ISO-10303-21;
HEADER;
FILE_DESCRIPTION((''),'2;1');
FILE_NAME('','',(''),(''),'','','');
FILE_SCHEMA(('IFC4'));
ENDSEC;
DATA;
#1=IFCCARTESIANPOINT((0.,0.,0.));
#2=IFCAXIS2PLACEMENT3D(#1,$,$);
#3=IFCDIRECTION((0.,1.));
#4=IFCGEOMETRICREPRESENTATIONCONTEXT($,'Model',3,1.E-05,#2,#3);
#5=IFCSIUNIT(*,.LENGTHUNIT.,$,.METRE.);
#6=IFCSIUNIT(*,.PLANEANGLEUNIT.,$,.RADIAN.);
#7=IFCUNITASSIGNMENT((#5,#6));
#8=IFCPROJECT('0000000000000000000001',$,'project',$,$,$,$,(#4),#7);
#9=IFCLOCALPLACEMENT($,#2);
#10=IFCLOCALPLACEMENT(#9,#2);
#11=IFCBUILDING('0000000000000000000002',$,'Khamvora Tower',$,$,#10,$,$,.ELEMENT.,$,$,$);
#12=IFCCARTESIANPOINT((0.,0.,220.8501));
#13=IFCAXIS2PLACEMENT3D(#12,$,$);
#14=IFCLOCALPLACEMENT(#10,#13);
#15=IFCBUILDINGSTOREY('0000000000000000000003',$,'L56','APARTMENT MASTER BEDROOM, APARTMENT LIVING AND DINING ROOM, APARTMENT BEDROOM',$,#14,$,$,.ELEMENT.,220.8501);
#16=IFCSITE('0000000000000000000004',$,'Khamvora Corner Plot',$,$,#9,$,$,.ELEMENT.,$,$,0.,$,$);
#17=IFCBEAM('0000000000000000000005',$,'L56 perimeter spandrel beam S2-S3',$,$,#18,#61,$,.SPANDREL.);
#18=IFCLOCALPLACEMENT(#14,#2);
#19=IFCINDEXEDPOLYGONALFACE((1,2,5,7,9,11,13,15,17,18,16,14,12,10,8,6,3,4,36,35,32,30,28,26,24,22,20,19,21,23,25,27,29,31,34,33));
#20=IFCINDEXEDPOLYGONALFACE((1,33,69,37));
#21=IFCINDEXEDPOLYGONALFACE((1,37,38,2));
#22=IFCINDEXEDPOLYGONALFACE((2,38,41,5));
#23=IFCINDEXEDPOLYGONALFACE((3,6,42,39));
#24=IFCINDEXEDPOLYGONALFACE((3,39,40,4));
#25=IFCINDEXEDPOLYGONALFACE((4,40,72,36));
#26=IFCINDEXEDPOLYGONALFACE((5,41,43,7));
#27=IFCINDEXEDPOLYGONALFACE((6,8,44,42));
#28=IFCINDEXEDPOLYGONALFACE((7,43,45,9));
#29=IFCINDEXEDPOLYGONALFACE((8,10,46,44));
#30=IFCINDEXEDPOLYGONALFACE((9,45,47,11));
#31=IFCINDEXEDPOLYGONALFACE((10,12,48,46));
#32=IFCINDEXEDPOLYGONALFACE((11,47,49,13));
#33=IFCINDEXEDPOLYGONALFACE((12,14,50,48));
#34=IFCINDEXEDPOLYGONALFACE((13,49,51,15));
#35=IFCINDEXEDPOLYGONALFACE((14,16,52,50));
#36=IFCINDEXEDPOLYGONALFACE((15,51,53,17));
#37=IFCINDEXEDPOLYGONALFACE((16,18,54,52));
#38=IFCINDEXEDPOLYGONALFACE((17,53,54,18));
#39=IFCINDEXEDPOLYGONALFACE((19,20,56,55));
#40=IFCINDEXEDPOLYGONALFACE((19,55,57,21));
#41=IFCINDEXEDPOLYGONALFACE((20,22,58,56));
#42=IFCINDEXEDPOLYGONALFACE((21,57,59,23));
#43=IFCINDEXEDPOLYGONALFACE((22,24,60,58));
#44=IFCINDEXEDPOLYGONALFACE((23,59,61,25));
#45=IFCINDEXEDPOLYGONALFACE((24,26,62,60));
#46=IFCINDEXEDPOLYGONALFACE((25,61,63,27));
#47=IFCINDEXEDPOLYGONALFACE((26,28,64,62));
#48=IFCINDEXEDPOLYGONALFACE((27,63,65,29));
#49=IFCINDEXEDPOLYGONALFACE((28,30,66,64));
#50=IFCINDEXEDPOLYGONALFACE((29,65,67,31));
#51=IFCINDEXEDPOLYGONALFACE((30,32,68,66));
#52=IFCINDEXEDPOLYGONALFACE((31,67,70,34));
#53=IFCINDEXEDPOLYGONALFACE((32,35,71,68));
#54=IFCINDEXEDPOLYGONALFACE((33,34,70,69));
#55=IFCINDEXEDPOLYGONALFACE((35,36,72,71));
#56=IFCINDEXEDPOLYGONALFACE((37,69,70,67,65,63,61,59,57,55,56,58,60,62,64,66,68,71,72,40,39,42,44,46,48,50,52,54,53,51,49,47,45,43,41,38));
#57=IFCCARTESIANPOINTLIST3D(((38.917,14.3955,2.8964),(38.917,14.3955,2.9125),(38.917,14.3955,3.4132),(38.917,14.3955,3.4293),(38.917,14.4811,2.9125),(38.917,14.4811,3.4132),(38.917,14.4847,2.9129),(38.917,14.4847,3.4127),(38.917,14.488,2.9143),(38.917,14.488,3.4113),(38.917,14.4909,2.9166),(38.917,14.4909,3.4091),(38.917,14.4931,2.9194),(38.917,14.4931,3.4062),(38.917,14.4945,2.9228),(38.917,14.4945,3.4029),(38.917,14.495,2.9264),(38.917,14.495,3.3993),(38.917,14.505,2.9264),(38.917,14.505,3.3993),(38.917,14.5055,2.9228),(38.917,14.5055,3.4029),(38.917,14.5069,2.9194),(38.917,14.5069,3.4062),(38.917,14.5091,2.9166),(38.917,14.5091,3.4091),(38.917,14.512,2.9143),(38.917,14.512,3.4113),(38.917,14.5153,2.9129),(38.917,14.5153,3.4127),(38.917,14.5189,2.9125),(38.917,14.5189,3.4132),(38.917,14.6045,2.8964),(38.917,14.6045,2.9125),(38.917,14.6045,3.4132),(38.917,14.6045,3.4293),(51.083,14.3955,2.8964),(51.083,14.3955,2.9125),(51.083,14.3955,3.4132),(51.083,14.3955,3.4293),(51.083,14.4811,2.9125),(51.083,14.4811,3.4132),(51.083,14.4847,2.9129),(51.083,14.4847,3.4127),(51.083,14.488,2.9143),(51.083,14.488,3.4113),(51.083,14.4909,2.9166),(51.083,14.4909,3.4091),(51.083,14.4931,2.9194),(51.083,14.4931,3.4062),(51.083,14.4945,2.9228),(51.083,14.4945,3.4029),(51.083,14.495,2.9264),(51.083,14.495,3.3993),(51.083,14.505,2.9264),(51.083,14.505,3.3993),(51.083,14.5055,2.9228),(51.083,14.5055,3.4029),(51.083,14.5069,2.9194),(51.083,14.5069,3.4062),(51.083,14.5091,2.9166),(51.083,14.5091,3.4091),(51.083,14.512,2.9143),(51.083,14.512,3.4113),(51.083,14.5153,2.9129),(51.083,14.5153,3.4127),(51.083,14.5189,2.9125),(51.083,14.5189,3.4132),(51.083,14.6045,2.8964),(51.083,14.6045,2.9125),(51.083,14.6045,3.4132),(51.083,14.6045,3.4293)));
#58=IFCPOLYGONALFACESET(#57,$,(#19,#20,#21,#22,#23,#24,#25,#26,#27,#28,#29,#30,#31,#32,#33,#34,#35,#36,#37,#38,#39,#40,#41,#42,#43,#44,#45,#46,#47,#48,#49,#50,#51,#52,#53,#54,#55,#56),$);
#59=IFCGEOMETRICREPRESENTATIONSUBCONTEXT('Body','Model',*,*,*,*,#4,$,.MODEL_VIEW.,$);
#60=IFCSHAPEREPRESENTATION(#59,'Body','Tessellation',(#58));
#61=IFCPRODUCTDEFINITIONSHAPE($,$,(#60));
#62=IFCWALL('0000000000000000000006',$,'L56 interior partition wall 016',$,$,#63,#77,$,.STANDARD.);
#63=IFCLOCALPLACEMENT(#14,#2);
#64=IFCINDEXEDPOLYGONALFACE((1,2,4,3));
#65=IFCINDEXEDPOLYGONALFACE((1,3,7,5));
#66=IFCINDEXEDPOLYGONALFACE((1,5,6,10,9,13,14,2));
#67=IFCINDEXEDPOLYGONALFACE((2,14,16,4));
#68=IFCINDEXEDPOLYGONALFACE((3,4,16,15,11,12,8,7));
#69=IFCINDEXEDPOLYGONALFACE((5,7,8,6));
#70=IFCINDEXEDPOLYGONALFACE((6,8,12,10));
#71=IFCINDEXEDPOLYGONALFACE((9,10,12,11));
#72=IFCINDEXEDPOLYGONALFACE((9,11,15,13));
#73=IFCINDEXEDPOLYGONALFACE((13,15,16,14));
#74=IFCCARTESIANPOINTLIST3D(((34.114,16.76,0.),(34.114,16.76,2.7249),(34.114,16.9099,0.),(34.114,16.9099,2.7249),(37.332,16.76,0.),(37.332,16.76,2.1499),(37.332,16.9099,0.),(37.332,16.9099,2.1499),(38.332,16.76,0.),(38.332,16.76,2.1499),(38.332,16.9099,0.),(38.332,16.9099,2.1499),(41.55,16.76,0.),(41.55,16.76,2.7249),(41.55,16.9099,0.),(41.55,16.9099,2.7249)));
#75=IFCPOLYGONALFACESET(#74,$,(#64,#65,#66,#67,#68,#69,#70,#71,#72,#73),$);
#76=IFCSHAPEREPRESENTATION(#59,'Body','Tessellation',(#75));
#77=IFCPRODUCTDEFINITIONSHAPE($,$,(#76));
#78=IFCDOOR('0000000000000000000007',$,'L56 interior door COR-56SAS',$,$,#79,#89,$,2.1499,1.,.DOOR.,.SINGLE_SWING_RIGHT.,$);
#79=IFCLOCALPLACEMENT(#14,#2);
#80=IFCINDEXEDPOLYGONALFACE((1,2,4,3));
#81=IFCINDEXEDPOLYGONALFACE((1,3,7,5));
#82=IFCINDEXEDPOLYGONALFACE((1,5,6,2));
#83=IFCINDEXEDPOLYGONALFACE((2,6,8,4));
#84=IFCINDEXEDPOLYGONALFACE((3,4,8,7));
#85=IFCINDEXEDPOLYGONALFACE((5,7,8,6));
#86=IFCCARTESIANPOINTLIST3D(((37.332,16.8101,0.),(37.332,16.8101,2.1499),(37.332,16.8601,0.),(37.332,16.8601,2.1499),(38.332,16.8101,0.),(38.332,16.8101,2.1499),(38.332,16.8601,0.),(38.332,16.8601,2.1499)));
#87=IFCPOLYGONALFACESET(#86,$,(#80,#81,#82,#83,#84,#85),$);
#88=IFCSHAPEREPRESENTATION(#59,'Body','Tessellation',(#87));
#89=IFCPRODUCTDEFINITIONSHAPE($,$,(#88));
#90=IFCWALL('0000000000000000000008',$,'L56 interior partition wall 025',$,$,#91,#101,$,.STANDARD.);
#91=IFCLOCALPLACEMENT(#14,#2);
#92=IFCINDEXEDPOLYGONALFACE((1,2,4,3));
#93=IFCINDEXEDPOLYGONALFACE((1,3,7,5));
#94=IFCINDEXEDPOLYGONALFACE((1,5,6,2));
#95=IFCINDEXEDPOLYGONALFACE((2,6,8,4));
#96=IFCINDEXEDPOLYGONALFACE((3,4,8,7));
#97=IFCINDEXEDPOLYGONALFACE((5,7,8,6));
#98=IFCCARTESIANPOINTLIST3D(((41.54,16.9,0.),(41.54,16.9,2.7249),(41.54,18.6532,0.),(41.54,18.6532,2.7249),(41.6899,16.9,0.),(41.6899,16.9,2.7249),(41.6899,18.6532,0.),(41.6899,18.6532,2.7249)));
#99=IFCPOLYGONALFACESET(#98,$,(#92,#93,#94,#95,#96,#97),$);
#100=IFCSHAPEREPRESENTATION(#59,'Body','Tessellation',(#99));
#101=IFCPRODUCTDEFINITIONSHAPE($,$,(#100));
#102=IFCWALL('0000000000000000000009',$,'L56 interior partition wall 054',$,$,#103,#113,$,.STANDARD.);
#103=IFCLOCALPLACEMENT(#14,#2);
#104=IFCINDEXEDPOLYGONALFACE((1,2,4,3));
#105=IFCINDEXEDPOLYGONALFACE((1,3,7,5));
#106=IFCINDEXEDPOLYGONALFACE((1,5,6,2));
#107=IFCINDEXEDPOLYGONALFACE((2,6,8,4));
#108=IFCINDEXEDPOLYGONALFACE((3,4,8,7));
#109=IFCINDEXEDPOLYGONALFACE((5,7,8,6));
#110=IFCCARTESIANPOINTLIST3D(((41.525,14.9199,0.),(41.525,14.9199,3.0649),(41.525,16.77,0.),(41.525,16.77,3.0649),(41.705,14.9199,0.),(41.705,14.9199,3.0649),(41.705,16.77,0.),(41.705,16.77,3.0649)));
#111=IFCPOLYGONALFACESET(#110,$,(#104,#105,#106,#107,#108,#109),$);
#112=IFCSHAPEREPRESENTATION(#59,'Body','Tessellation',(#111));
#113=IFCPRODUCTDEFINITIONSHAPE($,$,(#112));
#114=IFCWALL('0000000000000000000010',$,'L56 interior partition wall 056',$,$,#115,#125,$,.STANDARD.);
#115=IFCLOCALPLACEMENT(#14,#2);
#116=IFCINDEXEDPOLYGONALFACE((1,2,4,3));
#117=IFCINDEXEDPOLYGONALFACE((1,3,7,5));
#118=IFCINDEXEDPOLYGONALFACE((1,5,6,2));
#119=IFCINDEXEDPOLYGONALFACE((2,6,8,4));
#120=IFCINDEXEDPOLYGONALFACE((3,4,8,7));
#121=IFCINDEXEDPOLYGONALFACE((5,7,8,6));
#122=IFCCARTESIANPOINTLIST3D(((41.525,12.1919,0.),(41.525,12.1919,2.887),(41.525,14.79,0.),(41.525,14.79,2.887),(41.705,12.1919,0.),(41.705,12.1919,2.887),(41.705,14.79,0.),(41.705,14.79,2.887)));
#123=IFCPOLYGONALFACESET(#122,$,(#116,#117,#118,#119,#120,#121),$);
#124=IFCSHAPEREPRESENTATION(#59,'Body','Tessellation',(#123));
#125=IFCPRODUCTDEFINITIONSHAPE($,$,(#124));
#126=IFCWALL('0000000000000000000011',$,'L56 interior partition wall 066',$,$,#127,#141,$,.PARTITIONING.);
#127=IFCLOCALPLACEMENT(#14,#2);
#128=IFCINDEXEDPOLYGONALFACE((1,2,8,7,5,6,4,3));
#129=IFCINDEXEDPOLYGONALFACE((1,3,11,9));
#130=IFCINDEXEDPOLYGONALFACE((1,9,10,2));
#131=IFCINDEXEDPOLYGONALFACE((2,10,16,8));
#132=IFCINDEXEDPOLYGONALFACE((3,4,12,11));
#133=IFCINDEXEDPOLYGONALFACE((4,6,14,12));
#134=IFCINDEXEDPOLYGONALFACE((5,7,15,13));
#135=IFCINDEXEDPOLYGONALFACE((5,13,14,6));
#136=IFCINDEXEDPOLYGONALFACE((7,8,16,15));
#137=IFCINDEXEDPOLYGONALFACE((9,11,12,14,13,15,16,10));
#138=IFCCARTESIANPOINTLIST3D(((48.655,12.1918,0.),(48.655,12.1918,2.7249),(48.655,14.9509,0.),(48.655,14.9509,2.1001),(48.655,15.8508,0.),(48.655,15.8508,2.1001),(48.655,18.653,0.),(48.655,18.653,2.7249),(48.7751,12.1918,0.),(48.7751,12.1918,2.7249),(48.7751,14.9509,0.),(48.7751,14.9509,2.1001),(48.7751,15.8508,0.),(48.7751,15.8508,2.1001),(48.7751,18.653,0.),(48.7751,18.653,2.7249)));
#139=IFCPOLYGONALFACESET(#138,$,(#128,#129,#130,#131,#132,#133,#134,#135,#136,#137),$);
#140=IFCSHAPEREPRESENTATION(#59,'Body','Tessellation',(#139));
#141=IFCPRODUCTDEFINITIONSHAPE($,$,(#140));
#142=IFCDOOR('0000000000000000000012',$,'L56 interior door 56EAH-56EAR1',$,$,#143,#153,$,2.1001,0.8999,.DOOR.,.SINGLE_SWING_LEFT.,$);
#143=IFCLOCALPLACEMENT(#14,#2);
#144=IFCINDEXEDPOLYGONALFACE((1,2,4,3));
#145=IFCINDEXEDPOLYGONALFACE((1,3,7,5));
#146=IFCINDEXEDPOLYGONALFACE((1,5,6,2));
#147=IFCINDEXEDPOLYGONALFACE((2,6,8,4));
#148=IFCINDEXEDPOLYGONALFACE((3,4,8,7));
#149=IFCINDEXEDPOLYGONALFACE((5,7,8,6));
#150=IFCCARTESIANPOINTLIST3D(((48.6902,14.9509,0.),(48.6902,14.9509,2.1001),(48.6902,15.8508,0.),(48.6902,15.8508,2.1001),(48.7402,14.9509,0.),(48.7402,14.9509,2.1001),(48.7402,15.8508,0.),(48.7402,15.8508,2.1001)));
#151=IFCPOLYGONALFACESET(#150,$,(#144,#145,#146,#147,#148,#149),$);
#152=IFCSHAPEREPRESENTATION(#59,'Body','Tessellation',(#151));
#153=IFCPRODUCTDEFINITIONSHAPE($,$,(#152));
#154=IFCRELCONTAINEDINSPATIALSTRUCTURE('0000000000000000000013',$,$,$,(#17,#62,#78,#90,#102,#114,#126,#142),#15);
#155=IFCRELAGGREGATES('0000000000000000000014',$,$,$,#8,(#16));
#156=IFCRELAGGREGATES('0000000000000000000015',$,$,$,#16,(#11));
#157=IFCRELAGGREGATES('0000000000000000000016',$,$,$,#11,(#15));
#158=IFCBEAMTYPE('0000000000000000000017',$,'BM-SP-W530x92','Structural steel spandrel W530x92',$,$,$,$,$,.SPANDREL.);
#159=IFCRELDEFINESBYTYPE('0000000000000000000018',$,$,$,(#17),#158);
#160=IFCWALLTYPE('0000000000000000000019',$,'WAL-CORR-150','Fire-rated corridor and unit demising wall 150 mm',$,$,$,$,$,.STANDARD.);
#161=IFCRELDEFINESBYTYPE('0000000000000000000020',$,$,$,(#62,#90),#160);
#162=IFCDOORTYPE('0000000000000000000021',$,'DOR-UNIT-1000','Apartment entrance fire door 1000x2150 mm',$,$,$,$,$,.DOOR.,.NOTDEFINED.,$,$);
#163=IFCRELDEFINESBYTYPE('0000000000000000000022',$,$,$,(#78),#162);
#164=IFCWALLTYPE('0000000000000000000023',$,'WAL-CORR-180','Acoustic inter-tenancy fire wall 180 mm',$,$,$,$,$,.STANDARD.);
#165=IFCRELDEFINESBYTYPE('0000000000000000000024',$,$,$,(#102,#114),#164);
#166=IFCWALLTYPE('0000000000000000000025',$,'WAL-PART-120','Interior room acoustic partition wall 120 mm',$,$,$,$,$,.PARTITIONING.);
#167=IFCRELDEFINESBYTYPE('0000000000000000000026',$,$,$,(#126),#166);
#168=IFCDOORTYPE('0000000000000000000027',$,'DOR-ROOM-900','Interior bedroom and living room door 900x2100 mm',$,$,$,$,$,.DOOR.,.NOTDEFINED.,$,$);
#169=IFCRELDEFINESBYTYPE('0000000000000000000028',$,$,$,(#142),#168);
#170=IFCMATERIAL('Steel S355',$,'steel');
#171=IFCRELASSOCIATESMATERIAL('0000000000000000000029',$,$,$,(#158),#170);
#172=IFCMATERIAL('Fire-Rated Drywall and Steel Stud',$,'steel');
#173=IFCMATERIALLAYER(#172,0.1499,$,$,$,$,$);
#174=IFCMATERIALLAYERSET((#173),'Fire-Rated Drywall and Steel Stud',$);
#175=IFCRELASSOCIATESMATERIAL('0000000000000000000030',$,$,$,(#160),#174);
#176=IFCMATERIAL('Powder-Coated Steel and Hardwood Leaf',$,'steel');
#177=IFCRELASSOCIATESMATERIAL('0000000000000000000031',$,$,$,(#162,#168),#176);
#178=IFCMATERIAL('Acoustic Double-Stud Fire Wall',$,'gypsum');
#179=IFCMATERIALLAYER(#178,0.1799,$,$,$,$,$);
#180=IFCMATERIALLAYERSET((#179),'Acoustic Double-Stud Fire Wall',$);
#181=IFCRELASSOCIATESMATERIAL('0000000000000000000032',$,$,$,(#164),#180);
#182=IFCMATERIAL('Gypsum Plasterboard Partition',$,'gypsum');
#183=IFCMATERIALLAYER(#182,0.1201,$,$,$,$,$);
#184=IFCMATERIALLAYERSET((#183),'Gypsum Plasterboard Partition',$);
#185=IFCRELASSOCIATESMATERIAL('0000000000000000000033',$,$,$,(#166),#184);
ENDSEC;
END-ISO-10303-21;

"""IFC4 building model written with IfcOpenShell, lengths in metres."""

from ifc_helpers import new_model, si_unit, direction, frame, frame_2d, origin, origin_2d, place, context, subcontext, project, spatial, rectangle, i_section, extrude, material, layer, layer_set, material_profile, profile_set, type_object, element, fill, save


model = new_model("IFC4")

# Units and contexts
model_context = context("Model", 3, precision=1e-05, world=origin(), true_north=direction((0.0, 1.0)))
body_context = subcontext(model_context, "Body", "Model", "MODEL_VIEW")
ifc_project = project(units=[si_unit("LENGTHUNIT", "METRE"), si_unit("PLANEANGLEUNIT", "RADIAN")], contexts=[model_context])

# Site, building, storey
site_placement = place(None, origin())
site = spatial("IfcSite", under=ifc_project, at=site_placement, Name="Khamvora Corner Plot", CompositionType="ELEMENT", RefElevation=0.0)
building_placement = place(site_placement, origin())
building = spatial("IfcBuilding", under=site, at=building_placement, Name="Khamvora Tower", CompositionType="ELEMENT")
storey_placement = place(building_placement, frame((0.0, 0.0, 220.8501)))
storey = spatial("IfcBuildingStorey", under=building, at=storey_placement, Name="L56", Description="APARTMENT MASTER BEDROOM, APARTMENT LIVING AND DINING ROOM, APARTMENT BEDROOM", CompositionType="ELEMENT", Elevation=220.8501)

# Shared definitions
ifc_material_1 = material(Name="Steel S355", Category="steel")

# Beam
ifc_material_profile_1 = material_profile(ifc_material_1, i_section(OverallWidth=0.209, OverallDepth=0.533, WebThickness=0.01, FlangeThickness=0.0161, FilletRadius=0.0139, at=origin_2d()), Name="W530x92")
ifc_profile_set_1 = profile_set([ifc_material_profile_1], Name="Steel S355")
beam_type_1 = type_object("IfcBeamType", Name="BM-SP-W530x92", Description="Structural steel spandrel W530x92", PredefinedType="SPANDREL", material=ifc_profile_set_1)
beam_1_placement = place(storey_placement, frame((38.917, 14.5, 3.1628), z_axis=(1.0, 0.0, 0.0), x_axis=(0.0, 1.0, 0.0)))
element("IfcBeam", 1, at=beam_1_placement, inside=storey, type_object=beam_type_1, Name="L56 perimeter spandrel beam S2-S3", PredefinedType="SPANDREL", context=body_context, shape_type="SweptSolid", body=[
    extrude(i_section(OverallWidth=0.209, OverallDepth=0.533, WebThickness=0.01, FlangeThickness=0.0161, FilletRadius=0.0139, at=origin_2d()), origin(), (0.0, 0.0, 1.0), 12.166),
])

# Wall, opening, door
ifc_material_2 = material(Name="Fire-Rated Drywall and Steel Stud", Category="steel")
ifc_layer_1 = layer(ifc_material_2, 0.1499)
ifc_layer_set_1 = layer_set([ifc_layer_1], Name="Fire-Rated Drywall and Steel Stud")
wall_type_1 = type_object("IfcWallType", Name="WAL-CORR-150", Description="Fire-rated corridor and unit demising wall 150 mm", PredefinedType="STANDARD", material=ifc_layer_set_1)
wall_1_placement = place(storey_placement, frame((41.55, 16.835, 0.0), z_axis=(0.0, 0.0, 1.0), x_axis=(-1.0, 0.0, 0.0)))
wall_1 = element("IfcWall", 2, at=wall_1_placement, inside=storey, type_object=wall_type_1, Name="L56 interior partition wall 016", PredefinedType="STANDARD", context=body_context, shape_type="SweptSolid", body=[
    extrude(rectangle(XDim=7.436, YDim=0.1499, at=frame_2d((3.718, 0.0))), origin(), (0.0, 0.0, 1.0), 2.7249),
])
opening_1_placement = place(wall_1_placement, frame((3.218, 0.0, 0.0)))
opening_1 = element("IfcOpeningElement", 3, at=opening_1_placement, cuts=wall_1, PredefinedType="OPENING", context=body_context, shape_type="SweptSolid", body=[
    extrude(rectangle(XDim=1.0, YDim=2.1499, at=frame_2d((0.5, 1.075))), frame((0.0, 0.085, 0.0), z_axis=(0.0, -1.0, 0.0), x_axis=(1.0, 0.0, 0.0)), (0.0, 0.0, 1.0), 0.1699),
])
ifc_material_3 = material(Name="Powder-Coated Steel and Hardwood Leaf", Category="steel")
door_type_1 = type_object("IfcDoorType", Name="DOR-UNIT-1000", Description="Apartment entrance fire door 1000x2150 mm", OperationType="NOTDEFINED", PredefinedType="DOOR", material=ifc_material_3)
door_1_placement = place(opening_1_placement, origin())
door_1 = element("IfcDoor", 4, at=door_1_placement, inside=storey, type_object=door_type_1, Name="L56 interior door COR-56SAS", OperationType="SINGLE_SWING_RIGHT", OverallHeight=2.1499, OverallWidth=1.0, PredefinedType="DOOR", context=body_context, shape_type="SweptSolid", body=[
    extrude(rectangle(XDim=1.0, YDim=2.1499, at=frame_2d((0.5, 1.075))), frame((0.0, 0.0249, 0.0), z_axis=(0.0, -1.0, 0.0), x_axis=(1.0, 0.0, 0.0)), (0.0, 0.0, 1.0), 0.05),
])
fill(opening_1, door_1)

# Walls
wall_2_placement = place(storey_placement, frame((41.615, 18.6531, 0.0), z_axis=(0.0, 0.0, 1.0), x_axis=(0.0, -1.0, 0.0)))
element("IfcWall", 5, at=wall_2_placement, inside=storey, type_object=wall_type_1, Name="L56 interior partition wall 025", PredefinedType="STANDARD", context=body_context, shape_type="SweptSolid", body=[
    extrude(rectangle(XDim=1.7532, YDim=0.1499, at=frame_2d((0.8765, 0.0))), origin(), (0.0, 0.0, 1.0), 2.7249),
])
ifc_material_4 = material(Name="Acoustic Double-Stud Fire Wall", Category="gypsum")
ifc_layer_2 = layer(ifc_material_4, 0.1799)
ifc_layer_set_2 = layer_set([ifc_layer_2], Name="Acoustic Double-Stud Fire Wall")
wall_type_2 = type_object("IfcWallType", Name="WAL-CORR-180", Description="Acoustic inter-tenancy fire wall 180 mm", PredefinedType="STANDARD", material=ifc_layer_set_2)
wall_3_placement = place(storey_placement, frame((41.615, 16.77, 0.0), z_axis=(0.0, 0.0, 1.0), x_axis=(0.0, -1.0, 0.0)))
element("IfcWall", 6, at=wall_3_placement, inside=storey, type_object=wall_type_2, Name="L56 interior partition wall 054", PredefinedType="STANDARD", context=body_context, shape_type="SweptSolid", body=[
    extrude(rectangle(XDim=1.8501, YDim=0.1799, at=frame_2d((0.925, 0.0))), origin(), (0.0, 0.0, 1.0), 3.0649),
])
wall_4_placement = place(storey_placement, frame((41.615, 14.79, 0.0), z_axis=(0.0, 0.0, 1.0), x_axis=(0.0, -1.0, 0.0)))
element("IfcWall", 7, at=wall_4_placement, inside=storey, type_object=wall_type_2, Name="L56 interior partition wall 056", PredefinedType="STANDARD", context=body_context, shape_type="SweptSolid", body=[
    extrude(rectangle(XDim=2.5981, YDim=0.1799, at=frame_2d((1.2991, 0.0))), origin(), (0.0, 0.0, 1.0), 2.887),
])

# Wall, opening, door
ifc_material_5 = material(Name="Gypsum Plasterboard Partition", Category="gypsum")
ifc_layer_3 = layer(ifc_material_5, 0.1201)
ifc_layer_set_3 = layer_set([ifc_layer_3], Name="Gypsum Plasterboard Partition")
wall_type_3 = type_object("IfcWallType", Name="WAL-PART-120", Description="Interior room acoustic partition wall 120 mm", PredefinedType="PARTITIONING", material=ifc_layer_set_3)
wall_5_placement = place(storey_placement, frame((48.7151, 12.1919, 0.0), z_axis=(0.0, 0.0, 1.0), x_axis=(0.0, 1.0, 0.0)))
wall_5 = element("IfcWall", 8, at=wall_5_placement, inside=storey, type_object=wall_type_3, Name="L56 interior partition wall 066", PredefinedType="PARTITIONING", context=body_context, shape_type="SweptSolid", body=[
    extrude(rectangle(XDim=6.4612, YDim=0.1201, at=frame_2d((3.2305, 0.0))), origin(), (0.0, 0.0, 1.0), 2.7249),
])
opening_2_placement = place(wall_5_placement, frame((2.759, 0.0, 0.0)))
opening_2 = element("IfcOpeningElement", 9, at=opening_2_placement, cuts=wall_5, PredefinedType="OPENING", context=body_context, shape_type="SweptSolid", body=[
    extrude(rectangle(XDim=0.8999, YDim=2.1001, at=frame_2d((0.45, 1.05))), frame((0.0, 0.0701, 0.0), z_axis=(0.0, -1.0, 0.0), x_axis=(1.0, 0.0, 0.0)), (0.0, 0.0, 1.0), 0.1401),
])
door_type_2 = type_object("IfcDoorType", Name="DOR-ROOM-900", Description="Interior bedroom and living room door 900x2100 mm", OperationType="NOTDEFINED", PredefinedType="DOOR", material=ifc_material_3)
door_2_placement = place(opening_2_placement, origin())
door_2 = element("IfcDoor", 10, at=door_2_placement, inside=storey, type_object=door_type_2, Name="L56 interior door 56EAH-56EAR1", OperationType="SINGLE_SWING_LEFT", OverallHeight=2.1001, OverallWidth=0.8999, PredefinedType="DOOR", context=body_context, shape_type="SweptSolid", body=[
    extrude(rectangle(XDim=0.8999, YDim=2.1001, at=frame_2d((0.45, 1.05))), frame((0.0, 0.0249, 0.0), z_axis=(0.0, -1.0, 0.0), x_axis=(1.0, 0.0, 0.0)), (0.0, 0.0, 1.0), 0.05),
])
fill(opening_2, door_2)

save(model, "model.ifc")
